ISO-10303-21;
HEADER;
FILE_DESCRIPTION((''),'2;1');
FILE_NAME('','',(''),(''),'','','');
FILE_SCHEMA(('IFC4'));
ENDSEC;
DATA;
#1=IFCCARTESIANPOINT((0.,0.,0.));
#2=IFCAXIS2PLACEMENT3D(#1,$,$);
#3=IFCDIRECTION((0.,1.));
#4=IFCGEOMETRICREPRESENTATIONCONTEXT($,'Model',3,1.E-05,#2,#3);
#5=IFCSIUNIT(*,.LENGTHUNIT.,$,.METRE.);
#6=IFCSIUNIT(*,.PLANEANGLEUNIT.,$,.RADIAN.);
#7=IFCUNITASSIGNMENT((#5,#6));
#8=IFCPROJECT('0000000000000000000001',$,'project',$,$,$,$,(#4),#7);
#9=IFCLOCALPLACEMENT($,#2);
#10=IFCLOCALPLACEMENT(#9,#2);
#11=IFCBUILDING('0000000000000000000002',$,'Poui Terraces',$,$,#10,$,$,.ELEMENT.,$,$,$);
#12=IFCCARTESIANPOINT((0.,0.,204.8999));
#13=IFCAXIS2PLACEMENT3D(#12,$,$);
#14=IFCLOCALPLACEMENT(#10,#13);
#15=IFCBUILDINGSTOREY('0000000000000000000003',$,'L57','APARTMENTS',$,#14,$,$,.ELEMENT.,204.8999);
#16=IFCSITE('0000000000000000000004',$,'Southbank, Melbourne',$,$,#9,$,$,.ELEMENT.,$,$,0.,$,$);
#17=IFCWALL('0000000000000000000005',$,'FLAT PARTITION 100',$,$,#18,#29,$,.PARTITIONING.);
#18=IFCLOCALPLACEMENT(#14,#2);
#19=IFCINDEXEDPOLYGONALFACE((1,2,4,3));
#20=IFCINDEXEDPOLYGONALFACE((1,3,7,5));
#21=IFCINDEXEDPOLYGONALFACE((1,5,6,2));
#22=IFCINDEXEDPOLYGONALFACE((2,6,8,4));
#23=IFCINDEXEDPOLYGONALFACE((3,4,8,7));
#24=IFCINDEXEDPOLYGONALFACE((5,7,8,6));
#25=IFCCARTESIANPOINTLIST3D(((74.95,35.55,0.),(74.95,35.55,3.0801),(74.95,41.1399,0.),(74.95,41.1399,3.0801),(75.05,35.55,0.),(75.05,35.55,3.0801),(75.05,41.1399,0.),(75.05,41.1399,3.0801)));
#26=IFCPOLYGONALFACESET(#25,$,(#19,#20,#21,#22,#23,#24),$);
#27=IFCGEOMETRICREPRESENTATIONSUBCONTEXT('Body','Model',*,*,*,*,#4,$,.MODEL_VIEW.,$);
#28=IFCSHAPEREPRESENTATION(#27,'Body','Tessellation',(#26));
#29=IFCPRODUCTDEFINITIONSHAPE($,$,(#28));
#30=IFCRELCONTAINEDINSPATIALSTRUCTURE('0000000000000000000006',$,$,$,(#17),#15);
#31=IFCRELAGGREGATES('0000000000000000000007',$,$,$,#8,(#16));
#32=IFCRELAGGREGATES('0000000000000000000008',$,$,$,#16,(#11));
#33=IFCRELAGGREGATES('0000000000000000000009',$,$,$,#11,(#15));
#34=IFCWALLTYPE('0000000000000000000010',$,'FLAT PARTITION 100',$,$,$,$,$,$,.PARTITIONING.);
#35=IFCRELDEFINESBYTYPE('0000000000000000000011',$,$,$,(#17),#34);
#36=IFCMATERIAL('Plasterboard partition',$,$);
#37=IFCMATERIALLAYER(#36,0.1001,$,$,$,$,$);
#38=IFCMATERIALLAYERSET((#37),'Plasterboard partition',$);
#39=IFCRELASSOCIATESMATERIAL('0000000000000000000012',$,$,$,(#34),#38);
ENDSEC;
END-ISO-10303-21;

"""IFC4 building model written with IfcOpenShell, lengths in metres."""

from ifc_helpers import new_model, si_unit, direction, frame, frame_2d, origin, place, context, subcontext, project, spatial, rectangle, extrude, material, layer, layer_set, type_object, element, save


model = new_model("IFC4")

# Units and contexts
model_context = context("Model", 3, precision=1e-05, world=origin(), true_north=direction((0.0, 1.0)))
body_context = subcontext(model_context, "Body", "Model", "MODEL_VIEW")
ifc_project = project(units=[si_unit("LENGTHUNIT", "METRE"), si_unit("PLANEANGLEUNIT", "RADIAN")], contexts=[model_context])

# Site, building, storey
site_placement = place(None, origin())
site = spatial("IfcSite", under=ifc_project, at=site_placement, Name="Southbank, Melbourne", CompositionType="ELEMENT", RefElevation=0.0)
building_placement = place(site_placement, origin())
building = spatial("IfcBuilding", under=site, at=building_placement, Name="Poui Terraces", CompositionType="ELEMENT")
storey_placement = place(building_placement, frame((0.0, 0.0, 204.8999)))
storey = spatial("IfcBuildingStorey", under=building, at=storey_placement, Name="L57", Description="APARTMENTS", CompositionType="ELEMENT", Elevation=204.8999)

# Wall
ifc_material_1 = material(Name="Plasterboard partition")
ifc_layer_1 = layer(ifc_material_1, 0.1001)
ifc_layer_set_1 = layer_set([ifc_layer_1], Name="Plasterboard partition")
wall_type_1 = type_object("IfcWallType", Name="FLAT PARTITION 100", PredefinedType="PARTITIONING", material=ifc_layer_set_1)
wall_1_placement = place(storey_placement, frame((75.0, 35.55, 0.0), z_axis=(0.0, 0.0, 1.0), x_axis=(0.0, 1.0, 0.0)))
element("IfcWall", 1, at=wall_1_placement, inside=storey, type_object=wall_type_1, Name="FLAT PARTITION 100", PredefinedType="PARTITIONING", context=body_context, shape_type="SweptSolid", body=[
    extrude(rectangle(XDim=5.5898, YDim=0.1001, at=frame_2d((2.7949, 0.0))), origin(), (0.0, 0.0, 1.0), 3.0801),
])

save(model, "model.ifc")
